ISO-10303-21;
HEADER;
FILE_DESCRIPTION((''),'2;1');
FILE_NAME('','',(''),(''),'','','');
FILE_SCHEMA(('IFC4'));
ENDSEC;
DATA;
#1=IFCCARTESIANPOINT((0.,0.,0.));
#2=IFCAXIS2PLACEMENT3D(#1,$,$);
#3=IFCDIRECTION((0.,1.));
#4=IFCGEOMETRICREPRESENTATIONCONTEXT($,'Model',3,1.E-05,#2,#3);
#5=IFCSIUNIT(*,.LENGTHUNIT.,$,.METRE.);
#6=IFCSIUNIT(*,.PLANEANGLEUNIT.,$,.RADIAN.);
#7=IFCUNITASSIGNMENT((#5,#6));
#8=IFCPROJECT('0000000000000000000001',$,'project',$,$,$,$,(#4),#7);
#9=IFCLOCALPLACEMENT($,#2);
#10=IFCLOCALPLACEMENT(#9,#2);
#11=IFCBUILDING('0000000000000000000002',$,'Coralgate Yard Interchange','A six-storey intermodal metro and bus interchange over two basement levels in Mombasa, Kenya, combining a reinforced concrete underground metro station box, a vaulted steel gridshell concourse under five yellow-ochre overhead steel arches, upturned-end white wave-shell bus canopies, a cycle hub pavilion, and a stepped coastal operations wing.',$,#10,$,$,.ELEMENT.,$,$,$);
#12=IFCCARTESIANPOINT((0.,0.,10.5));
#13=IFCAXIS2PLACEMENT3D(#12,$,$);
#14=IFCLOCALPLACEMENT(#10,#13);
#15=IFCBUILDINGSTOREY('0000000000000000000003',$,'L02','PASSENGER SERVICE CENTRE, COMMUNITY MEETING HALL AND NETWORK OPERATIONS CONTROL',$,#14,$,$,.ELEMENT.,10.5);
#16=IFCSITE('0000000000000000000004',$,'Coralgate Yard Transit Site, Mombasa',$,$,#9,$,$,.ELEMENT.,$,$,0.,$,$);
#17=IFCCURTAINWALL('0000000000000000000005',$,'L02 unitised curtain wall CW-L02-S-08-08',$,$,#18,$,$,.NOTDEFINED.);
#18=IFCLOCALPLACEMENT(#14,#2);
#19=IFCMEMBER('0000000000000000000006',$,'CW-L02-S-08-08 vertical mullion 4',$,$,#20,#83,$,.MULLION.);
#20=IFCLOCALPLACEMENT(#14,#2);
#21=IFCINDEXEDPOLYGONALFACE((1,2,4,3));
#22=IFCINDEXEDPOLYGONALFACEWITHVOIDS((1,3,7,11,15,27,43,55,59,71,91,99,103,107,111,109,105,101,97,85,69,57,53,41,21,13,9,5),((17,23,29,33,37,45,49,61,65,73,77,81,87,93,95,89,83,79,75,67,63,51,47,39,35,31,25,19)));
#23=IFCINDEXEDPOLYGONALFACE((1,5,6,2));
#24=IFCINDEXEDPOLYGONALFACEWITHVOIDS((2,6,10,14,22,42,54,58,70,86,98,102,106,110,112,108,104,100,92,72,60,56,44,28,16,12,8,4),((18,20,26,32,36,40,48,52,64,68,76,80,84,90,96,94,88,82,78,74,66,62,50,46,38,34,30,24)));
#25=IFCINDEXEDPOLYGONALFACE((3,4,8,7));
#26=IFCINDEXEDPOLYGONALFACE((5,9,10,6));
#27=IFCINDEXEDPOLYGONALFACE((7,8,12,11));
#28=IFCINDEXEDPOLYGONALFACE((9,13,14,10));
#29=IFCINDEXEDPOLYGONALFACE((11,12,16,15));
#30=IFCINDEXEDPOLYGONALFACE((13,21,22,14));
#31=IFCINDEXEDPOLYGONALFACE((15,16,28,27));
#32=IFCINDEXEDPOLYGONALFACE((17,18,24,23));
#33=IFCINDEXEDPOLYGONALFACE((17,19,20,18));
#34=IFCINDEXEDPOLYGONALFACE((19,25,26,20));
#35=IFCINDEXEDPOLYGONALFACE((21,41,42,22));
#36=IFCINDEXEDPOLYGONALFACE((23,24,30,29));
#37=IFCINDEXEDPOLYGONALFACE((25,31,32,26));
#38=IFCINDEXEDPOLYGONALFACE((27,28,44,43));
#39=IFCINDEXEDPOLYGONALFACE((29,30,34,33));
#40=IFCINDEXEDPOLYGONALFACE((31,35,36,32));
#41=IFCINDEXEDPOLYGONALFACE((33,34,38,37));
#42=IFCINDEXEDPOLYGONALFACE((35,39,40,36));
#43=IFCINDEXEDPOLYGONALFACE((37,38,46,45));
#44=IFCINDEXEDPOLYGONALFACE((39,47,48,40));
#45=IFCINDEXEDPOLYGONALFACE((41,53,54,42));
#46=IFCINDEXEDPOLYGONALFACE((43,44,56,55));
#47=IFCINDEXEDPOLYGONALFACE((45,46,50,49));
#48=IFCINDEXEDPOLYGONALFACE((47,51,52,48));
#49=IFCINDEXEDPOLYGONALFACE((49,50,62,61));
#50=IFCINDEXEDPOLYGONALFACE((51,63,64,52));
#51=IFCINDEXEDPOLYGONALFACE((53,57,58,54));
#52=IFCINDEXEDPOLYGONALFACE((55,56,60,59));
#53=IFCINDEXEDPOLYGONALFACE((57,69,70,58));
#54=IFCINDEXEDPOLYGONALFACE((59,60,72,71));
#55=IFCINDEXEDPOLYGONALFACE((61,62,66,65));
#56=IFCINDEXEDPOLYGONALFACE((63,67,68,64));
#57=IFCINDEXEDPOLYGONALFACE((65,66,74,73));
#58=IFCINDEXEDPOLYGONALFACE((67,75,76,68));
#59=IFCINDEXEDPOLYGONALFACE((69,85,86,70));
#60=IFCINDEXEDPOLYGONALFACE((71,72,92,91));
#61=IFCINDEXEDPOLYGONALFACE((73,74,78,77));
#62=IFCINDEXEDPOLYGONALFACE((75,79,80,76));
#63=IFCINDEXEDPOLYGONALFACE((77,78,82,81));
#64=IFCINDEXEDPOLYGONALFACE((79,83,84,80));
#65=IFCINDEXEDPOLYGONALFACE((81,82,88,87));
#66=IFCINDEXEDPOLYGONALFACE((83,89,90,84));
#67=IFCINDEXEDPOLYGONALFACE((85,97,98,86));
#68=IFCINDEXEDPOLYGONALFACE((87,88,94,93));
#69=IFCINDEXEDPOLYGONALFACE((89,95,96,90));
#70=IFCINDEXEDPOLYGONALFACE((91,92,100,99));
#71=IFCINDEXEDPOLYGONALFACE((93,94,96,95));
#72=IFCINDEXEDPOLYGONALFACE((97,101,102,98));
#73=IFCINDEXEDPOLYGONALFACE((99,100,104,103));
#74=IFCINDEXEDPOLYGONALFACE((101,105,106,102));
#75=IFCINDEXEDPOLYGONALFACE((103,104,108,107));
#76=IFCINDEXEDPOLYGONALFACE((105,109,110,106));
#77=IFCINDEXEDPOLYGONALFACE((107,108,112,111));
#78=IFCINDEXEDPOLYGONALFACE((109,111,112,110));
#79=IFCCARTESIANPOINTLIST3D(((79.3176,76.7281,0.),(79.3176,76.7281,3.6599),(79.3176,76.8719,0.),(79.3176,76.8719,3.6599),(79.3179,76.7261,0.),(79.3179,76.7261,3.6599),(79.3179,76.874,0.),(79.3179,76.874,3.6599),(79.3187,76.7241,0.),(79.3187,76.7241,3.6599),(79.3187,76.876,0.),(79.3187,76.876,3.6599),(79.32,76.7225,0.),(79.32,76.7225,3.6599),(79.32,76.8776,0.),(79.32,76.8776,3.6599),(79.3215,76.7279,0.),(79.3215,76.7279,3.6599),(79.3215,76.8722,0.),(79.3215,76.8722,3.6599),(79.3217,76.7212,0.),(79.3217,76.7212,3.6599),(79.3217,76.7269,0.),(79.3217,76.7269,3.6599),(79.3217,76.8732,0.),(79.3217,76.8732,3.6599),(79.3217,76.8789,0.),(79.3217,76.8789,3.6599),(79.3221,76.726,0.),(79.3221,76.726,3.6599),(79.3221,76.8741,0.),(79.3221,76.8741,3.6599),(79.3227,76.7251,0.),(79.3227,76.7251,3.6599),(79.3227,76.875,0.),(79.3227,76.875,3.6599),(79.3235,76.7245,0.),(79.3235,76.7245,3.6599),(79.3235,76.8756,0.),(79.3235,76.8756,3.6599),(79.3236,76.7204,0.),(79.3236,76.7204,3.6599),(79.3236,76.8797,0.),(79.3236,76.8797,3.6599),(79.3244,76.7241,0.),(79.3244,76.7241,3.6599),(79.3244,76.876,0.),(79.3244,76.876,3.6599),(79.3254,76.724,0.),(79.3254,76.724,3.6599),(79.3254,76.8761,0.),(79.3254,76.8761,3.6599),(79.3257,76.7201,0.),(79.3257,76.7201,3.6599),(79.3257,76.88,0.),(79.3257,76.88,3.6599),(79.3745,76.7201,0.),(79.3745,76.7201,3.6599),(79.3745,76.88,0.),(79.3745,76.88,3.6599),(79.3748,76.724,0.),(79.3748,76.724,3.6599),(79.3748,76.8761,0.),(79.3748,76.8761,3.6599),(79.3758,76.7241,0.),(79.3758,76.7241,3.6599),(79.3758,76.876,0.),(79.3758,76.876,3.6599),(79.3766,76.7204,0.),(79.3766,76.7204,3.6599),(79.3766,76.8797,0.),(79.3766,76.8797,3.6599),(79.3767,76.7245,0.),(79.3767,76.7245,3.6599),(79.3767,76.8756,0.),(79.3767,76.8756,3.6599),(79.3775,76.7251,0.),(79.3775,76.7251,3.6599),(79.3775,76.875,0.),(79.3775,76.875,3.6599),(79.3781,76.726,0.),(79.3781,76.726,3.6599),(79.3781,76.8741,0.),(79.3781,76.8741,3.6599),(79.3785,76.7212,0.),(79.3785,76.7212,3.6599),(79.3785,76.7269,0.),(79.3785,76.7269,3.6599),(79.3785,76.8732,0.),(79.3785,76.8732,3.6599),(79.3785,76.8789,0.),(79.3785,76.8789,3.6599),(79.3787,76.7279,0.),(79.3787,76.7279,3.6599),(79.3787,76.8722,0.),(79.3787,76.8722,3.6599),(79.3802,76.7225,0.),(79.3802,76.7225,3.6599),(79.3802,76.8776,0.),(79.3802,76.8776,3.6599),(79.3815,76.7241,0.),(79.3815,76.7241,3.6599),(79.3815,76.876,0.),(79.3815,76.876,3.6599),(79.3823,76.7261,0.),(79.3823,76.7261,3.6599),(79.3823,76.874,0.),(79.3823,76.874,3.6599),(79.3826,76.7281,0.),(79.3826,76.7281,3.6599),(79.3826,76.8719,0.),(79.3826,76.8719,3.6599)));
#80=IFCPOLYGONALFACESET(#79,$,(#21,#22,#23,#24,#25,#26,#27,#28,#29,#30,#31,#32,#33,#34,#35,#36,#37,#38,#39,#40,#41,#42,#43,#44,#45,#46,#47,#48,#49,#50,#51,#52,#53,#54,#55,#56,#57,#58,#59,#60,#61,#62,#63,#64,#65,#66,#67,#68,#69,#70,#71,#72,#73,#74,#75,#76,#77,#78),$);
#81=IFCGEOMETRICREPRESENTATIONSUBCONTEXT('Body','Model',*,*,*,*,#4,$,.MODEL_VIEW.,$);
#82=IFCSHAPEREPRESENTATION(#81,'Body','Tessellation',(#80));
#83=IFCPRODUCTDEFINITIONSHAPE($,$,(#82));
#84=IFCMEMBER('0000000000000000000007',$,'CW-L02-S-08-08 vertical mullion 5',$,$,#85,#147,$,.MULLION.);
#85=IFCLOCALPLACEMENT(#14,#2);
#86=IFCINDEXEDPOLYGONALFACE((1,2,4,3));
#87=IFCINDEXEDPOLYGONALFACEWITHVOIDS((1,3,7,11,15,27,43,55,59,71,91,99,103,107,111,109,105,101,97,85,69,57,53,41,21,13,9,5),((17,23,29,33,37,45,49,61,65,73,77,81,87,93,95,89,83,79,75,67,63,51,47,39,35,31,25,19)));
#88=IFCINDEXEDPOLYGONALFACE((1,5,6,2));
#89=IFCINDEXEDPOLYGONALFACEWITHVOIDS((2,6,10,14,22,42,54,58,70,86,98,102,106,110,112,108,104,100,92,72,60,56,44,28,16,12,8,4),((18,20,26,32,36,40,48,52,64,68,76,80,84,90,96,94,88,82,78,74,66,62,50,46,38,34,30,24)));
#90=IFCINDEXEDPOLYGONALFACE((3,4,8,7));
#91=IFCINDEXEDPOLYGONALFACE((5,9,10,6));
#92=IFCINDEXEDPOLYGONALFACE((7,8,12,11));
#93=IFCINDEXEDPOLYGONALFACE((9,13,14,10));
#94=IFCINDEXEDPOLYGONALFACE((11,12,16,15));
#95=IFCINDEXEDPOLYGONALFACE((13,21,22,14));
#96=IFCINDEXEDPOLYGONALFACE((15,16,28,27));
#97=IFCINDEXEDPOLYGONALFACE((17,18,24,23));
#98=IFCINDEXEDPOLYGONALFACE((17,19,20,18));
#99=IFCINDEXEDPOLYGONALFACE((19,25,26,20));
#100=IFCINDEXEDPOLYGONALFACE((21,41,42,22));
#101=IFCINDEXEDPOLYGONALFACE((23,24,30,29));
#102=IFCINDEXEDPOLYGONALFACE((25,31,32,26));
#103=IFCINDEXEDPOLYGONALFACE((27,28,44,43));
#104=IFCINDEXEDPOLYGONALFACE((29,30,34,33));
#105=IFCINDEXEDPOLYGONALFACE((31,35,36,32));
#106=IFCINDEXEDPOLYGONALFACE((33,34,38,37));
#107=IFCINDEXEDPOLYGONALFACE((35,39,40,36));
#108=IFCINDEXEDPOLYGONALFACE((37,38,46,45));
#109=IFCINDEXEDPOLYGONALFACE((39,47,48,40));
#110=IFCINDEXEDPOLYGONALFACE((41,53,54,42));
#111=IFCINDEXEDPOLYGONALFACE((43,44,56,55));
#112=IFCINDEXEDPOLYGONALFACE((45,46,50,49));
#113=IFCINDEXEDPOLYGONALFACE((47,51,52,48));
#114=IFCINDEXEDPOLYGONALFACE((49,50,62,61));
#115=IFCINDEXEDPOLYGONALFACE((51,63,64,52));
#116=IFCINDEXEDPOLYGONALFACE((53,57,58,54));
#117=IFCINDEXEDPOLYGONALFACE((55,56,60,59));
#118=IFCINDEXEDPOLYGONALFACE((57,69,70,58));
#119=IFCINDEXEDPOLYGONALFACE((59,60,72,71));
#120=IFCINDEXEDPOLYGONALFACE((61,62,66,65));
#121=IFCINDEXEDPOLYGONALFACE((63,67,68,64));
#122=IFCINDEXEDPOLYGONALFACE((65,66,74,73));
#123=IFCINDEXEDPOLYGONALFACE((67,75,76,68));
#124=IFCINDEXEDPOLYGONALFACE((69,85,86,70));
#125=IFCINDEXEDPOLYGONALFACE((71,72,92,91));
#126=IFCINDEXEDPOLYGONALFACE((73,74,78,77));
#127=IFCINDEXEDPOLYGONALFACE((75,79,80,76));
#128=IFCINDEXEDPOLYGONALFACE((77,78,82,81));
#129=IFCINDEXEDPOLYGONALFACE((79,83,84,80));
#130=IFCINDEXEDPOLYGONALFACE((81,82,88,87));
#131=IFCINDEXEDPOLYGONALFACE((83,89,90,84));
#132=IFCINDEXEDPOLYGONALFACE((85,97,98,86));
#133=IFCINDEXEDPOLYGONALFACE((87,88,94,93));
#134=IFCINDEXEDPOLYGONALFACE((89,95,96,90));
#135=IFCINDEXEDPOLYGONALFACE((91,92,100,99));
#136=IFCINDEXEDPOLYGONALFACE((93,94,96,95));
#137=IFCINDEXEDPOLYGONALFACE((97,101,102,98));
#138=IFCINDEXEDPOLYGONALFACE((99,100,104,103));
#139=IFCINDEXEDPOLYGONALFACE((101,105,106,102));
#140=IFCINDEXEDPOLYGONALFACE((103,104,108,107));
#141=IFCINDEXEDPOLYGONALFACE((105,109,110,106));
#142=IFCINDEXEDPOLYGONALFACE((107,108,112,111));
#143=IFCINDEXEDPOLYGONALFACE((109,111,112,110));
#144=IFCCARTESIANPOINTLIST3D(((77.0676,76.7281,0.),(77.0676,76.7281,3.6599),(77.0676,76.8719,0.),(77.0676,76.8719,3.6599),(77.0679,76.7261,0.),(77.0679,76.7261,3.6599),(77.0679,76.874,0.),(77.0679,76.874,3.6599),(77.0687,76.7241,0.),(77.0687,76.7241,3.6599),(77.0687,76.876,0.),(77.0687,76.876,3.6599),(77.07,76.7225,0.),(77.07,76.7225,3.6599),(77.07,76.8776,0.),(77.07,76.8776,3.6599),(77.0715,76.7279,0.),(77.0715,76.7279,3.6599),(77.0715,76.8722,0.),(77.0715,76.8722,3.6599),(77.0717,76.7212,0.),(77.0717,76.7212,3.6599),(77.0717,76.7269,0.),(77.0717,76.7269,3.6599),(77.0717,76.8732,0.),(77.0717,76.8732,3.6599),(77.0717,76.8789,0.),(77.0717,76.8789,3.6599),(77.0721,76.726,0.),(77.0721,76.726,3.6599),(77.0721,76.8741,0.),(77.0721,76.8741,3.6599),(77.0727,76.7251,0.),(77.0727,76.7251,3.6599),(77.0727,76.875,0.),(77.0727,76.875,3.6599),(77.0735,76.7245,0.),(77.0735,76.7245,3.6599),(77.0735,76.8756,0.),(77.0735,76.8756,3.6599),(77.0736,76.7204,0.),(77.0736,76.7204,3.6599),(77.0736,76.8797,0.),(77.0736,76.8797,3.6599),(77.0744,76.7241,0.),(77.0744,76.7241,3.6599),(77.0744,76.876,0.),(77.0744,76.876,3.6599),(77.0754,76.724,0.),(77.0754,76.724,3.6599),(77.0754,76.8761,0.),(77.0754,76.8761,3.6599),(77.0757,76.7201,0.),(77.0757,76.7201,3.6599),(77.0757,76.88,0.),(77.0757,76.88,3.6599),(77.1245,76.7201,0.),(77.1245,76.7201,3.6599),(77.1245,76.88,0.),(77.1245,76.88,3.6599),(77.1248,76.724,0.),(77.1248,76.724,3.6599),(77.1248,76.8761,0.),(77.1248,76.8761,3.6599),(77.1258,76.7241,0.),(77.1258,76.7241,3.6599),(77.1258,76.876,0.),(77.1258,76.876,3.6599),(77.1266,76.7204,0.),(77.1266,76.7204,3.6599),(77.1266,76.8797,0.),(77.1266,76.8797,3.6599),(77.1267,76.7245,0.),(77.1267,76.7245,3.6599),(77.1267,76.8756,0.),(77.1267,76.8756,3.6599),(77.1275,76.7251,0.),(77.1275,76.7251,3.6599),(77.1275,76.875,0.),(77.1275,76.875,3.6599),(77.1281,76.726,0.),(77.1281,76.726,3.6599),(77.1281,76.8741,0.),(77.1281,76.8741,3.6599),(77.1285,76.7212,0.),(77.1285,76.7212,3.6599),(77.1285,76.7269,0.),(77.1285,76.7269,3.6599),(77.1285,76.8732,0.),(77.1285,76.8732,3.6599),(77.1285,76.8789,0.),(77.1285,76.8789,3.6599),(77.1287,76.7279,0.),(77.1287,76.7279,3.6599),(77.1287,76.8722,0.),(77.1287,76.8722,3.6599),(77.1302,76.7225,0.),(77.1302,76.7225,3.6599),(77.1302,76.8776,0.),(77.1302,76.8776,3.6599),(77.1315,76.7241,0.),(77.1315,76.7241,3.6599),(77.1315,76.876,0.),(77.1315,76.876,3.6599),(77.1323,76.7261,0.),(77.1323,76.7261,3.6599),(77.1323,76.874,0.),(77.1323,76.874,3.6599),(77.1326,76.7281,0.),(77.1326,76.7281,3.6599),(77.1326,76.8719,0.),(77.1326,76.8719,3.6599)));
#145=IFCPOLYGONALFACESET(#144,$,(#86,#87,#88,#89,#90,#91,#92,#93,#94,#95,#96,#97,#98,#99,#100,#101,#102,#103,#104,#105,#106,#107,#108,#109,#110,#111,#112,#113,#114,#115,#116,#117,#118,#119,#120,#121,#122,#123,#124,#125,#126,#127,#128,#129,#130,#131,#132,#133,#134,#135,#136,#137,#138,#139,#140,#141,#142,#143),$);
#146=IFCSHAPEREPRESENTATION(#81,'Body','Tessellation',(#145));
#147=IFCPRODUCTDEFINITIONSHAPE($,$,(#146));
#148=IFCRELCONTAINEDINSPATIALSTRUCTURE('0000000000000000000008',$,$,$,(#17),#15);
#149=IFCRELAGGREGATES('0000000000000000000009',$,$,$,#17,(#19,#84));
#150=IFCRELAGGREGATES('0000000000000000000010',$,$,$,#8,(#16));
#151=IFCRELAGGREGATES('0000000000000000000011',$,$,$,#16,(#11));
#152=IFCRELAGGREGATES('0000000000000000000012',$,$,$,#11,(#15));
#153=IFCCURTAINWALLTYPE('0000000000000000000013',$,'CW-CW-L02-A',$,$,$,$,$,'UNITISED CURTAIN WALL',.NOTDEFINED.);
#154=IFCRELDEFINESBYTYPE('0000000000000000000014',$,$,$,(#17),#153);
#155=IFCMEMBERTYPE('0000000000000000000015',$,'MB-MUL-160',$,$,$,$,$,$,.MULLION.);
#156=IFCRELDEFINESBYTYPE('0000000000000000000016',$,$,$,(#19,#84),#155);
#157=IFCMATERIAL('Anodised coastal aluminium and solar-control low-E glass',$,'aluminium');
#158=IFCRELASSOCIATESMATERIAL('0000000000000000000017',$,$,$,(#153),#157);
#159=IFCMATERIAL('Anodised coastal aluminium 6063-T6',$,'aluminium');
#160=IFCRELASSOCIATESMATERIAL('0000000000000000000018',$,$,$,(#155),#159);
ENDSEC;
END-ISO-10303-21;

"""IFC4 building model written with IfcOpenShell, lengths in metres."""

from ifc_helpers import new_model, si_unit, direction, frame, origin, origin_2d, place, context, subcontext, project, spatial, hollow_rectangle, extrude, material, material_profile, profile_set, type_object, element, aggregate, save


model = new_model("IFC4")

# Units and contexts
model_context = context("Model", 3, precision=1e-05, world=origin(), true_north=direction((0.0, 1.0)))
body_context = subcontext(model_context, "Body", "Model", "MODEL_VIEW")
ifc_project = project(units=[si_unit("LENGTHUNIT", "METRE"), si_unit("PLANEANGLEUNIT", "RADIAN")], contexts=[model_context])

# Site, building, storey
site_placement = place(None, origin())
site = spatial("IfcSite", under=ifc_project, at=site_placement, Name="Coralgate Yard Transit Site, Mombasa", CompositionType="ELEMENT", RefElevation=0.0)
building_placement = place(site_placement, origin())
building = spatial("IfcBuilding", under=site, at=building_placement, Name="Coralgate Yard Interchange", Description="A six-storey intermodal metro and bus interchange over two basement levels in Mombasa, Kenya, combining a reinforced concrete underground metro station box, a vaulted steel gridshell concourse under five yellow-ochre overhead steel arches, upturned-end white wave-shell bus canopies, a cycle hub pavilion, and a stepped coastal operations wing.", CompositionType="ELEMENT")
storey_placement = place(building_placement, frame((0.0, 0.0, 10.5)))
storey = spatial("IfcBuildingStorey", under=building, at=storey_placement, Name="L02", Description="PASSENGER SERVICE CENTRE, COMMUNITY MEETING HALL AND NETWORK OPERATIONS CONTROL", CompositionType="ELEMENT", Elevation=10.5)

# Curtain wall, members
ifc_material_1 = material(Name="Anodised coastal aluminium and solar-control low-E glass", Category="aluminium")
curtain_wall_type = type_object("IfcCurtainWallType", Name="CW-CW-L02-A", ElementType="UNITISED CURTAIN WALL", PredefinedType="NOTDEFINED", material=ifc_material_1)
ifc_material_2 = material(Name="Anodised coastal aluminium 6063-T6", Category="aluminium")
ifc_material_profile_1 = material_profile(ifc_material_2, hollow_rectangle(XDim=0.0649, YDim=0.1599, WallThickness=0.0039, InnerFilletRadius=0.0039, OuterFilletRadius=0.0081, at=origin_2d()), Name="ALU 65x160x4")
ifc_profile_set_1 = profile_set([ifc_material_profile_1], Name="Anodised coastal aluminium 6063-T6")
member_type_1 = type_object("IfcMemberType", Name="MB-MUL-160", PredefinedType="MULLION", material=ifc_profile_set_1)
curtain_wall_1_placement = place(storey_placement, origin())
curtain_wall_1 = element("IfcCurtainWall", 1, at=curtain_wall_1_placement, inside=storey, type_object=curtain_wall_type, Name="L02 unitised curtain wall CW-L02-S-08-08", PredefinedType="NOTDEFINED")
member_1_placement = place(storey_placement, frame((79.3501, 76.8, 0.0), z_axis=(0.0, 0.0, 1.0), x_axis=(1.0, 0.0, 0.0)))
member_1 = element("IfcMember", 2, at=member_1_placement, type_object=member_type_1, Name="CW-L02-S-08-08 vertical mullion 4", PredefinedType="MULLION", context=body_context, shape_type="SweptSolid", body=[
    extrude(hollow_rectangle(XDim=0.0649, YDim=0.1599, WallThickness=0.0039, InnerFilletRadius=0.0039, OuterFilletRadius=0.0081, at=origin_2d()), origin(), (0.0, 0.0, 1.0), 3.6599),
])
member_2_placement = place(storey_placement, frame((77.1001, 76.8, 0.0), z_axis=(0.0, 0.0, 1.0), x_axis=(1.0, 0.0, 0.0)))
member_2 = element("IfcMember", 3, at=member_2_placement, type_object=member_type_1, Name="CW-L02-S-08-08 vertical mullion 5", PredefinedType="MULLION", context=body_context, shape_type="SweptSolid", body=[
    extrude(hollow_rectangle(XDim=0.0649, YDim=0.1599, WallThickness=0.0039, InnerFilletRadius=0.0039, OuterFilletRadius=0.0081, at=origin_2d()), origin(), (0.0, 0.0, 1.0), 3.6599),
])

aggregate(curtain_wall_1, [member_1, member_2])

save(model, "model.ifc")
